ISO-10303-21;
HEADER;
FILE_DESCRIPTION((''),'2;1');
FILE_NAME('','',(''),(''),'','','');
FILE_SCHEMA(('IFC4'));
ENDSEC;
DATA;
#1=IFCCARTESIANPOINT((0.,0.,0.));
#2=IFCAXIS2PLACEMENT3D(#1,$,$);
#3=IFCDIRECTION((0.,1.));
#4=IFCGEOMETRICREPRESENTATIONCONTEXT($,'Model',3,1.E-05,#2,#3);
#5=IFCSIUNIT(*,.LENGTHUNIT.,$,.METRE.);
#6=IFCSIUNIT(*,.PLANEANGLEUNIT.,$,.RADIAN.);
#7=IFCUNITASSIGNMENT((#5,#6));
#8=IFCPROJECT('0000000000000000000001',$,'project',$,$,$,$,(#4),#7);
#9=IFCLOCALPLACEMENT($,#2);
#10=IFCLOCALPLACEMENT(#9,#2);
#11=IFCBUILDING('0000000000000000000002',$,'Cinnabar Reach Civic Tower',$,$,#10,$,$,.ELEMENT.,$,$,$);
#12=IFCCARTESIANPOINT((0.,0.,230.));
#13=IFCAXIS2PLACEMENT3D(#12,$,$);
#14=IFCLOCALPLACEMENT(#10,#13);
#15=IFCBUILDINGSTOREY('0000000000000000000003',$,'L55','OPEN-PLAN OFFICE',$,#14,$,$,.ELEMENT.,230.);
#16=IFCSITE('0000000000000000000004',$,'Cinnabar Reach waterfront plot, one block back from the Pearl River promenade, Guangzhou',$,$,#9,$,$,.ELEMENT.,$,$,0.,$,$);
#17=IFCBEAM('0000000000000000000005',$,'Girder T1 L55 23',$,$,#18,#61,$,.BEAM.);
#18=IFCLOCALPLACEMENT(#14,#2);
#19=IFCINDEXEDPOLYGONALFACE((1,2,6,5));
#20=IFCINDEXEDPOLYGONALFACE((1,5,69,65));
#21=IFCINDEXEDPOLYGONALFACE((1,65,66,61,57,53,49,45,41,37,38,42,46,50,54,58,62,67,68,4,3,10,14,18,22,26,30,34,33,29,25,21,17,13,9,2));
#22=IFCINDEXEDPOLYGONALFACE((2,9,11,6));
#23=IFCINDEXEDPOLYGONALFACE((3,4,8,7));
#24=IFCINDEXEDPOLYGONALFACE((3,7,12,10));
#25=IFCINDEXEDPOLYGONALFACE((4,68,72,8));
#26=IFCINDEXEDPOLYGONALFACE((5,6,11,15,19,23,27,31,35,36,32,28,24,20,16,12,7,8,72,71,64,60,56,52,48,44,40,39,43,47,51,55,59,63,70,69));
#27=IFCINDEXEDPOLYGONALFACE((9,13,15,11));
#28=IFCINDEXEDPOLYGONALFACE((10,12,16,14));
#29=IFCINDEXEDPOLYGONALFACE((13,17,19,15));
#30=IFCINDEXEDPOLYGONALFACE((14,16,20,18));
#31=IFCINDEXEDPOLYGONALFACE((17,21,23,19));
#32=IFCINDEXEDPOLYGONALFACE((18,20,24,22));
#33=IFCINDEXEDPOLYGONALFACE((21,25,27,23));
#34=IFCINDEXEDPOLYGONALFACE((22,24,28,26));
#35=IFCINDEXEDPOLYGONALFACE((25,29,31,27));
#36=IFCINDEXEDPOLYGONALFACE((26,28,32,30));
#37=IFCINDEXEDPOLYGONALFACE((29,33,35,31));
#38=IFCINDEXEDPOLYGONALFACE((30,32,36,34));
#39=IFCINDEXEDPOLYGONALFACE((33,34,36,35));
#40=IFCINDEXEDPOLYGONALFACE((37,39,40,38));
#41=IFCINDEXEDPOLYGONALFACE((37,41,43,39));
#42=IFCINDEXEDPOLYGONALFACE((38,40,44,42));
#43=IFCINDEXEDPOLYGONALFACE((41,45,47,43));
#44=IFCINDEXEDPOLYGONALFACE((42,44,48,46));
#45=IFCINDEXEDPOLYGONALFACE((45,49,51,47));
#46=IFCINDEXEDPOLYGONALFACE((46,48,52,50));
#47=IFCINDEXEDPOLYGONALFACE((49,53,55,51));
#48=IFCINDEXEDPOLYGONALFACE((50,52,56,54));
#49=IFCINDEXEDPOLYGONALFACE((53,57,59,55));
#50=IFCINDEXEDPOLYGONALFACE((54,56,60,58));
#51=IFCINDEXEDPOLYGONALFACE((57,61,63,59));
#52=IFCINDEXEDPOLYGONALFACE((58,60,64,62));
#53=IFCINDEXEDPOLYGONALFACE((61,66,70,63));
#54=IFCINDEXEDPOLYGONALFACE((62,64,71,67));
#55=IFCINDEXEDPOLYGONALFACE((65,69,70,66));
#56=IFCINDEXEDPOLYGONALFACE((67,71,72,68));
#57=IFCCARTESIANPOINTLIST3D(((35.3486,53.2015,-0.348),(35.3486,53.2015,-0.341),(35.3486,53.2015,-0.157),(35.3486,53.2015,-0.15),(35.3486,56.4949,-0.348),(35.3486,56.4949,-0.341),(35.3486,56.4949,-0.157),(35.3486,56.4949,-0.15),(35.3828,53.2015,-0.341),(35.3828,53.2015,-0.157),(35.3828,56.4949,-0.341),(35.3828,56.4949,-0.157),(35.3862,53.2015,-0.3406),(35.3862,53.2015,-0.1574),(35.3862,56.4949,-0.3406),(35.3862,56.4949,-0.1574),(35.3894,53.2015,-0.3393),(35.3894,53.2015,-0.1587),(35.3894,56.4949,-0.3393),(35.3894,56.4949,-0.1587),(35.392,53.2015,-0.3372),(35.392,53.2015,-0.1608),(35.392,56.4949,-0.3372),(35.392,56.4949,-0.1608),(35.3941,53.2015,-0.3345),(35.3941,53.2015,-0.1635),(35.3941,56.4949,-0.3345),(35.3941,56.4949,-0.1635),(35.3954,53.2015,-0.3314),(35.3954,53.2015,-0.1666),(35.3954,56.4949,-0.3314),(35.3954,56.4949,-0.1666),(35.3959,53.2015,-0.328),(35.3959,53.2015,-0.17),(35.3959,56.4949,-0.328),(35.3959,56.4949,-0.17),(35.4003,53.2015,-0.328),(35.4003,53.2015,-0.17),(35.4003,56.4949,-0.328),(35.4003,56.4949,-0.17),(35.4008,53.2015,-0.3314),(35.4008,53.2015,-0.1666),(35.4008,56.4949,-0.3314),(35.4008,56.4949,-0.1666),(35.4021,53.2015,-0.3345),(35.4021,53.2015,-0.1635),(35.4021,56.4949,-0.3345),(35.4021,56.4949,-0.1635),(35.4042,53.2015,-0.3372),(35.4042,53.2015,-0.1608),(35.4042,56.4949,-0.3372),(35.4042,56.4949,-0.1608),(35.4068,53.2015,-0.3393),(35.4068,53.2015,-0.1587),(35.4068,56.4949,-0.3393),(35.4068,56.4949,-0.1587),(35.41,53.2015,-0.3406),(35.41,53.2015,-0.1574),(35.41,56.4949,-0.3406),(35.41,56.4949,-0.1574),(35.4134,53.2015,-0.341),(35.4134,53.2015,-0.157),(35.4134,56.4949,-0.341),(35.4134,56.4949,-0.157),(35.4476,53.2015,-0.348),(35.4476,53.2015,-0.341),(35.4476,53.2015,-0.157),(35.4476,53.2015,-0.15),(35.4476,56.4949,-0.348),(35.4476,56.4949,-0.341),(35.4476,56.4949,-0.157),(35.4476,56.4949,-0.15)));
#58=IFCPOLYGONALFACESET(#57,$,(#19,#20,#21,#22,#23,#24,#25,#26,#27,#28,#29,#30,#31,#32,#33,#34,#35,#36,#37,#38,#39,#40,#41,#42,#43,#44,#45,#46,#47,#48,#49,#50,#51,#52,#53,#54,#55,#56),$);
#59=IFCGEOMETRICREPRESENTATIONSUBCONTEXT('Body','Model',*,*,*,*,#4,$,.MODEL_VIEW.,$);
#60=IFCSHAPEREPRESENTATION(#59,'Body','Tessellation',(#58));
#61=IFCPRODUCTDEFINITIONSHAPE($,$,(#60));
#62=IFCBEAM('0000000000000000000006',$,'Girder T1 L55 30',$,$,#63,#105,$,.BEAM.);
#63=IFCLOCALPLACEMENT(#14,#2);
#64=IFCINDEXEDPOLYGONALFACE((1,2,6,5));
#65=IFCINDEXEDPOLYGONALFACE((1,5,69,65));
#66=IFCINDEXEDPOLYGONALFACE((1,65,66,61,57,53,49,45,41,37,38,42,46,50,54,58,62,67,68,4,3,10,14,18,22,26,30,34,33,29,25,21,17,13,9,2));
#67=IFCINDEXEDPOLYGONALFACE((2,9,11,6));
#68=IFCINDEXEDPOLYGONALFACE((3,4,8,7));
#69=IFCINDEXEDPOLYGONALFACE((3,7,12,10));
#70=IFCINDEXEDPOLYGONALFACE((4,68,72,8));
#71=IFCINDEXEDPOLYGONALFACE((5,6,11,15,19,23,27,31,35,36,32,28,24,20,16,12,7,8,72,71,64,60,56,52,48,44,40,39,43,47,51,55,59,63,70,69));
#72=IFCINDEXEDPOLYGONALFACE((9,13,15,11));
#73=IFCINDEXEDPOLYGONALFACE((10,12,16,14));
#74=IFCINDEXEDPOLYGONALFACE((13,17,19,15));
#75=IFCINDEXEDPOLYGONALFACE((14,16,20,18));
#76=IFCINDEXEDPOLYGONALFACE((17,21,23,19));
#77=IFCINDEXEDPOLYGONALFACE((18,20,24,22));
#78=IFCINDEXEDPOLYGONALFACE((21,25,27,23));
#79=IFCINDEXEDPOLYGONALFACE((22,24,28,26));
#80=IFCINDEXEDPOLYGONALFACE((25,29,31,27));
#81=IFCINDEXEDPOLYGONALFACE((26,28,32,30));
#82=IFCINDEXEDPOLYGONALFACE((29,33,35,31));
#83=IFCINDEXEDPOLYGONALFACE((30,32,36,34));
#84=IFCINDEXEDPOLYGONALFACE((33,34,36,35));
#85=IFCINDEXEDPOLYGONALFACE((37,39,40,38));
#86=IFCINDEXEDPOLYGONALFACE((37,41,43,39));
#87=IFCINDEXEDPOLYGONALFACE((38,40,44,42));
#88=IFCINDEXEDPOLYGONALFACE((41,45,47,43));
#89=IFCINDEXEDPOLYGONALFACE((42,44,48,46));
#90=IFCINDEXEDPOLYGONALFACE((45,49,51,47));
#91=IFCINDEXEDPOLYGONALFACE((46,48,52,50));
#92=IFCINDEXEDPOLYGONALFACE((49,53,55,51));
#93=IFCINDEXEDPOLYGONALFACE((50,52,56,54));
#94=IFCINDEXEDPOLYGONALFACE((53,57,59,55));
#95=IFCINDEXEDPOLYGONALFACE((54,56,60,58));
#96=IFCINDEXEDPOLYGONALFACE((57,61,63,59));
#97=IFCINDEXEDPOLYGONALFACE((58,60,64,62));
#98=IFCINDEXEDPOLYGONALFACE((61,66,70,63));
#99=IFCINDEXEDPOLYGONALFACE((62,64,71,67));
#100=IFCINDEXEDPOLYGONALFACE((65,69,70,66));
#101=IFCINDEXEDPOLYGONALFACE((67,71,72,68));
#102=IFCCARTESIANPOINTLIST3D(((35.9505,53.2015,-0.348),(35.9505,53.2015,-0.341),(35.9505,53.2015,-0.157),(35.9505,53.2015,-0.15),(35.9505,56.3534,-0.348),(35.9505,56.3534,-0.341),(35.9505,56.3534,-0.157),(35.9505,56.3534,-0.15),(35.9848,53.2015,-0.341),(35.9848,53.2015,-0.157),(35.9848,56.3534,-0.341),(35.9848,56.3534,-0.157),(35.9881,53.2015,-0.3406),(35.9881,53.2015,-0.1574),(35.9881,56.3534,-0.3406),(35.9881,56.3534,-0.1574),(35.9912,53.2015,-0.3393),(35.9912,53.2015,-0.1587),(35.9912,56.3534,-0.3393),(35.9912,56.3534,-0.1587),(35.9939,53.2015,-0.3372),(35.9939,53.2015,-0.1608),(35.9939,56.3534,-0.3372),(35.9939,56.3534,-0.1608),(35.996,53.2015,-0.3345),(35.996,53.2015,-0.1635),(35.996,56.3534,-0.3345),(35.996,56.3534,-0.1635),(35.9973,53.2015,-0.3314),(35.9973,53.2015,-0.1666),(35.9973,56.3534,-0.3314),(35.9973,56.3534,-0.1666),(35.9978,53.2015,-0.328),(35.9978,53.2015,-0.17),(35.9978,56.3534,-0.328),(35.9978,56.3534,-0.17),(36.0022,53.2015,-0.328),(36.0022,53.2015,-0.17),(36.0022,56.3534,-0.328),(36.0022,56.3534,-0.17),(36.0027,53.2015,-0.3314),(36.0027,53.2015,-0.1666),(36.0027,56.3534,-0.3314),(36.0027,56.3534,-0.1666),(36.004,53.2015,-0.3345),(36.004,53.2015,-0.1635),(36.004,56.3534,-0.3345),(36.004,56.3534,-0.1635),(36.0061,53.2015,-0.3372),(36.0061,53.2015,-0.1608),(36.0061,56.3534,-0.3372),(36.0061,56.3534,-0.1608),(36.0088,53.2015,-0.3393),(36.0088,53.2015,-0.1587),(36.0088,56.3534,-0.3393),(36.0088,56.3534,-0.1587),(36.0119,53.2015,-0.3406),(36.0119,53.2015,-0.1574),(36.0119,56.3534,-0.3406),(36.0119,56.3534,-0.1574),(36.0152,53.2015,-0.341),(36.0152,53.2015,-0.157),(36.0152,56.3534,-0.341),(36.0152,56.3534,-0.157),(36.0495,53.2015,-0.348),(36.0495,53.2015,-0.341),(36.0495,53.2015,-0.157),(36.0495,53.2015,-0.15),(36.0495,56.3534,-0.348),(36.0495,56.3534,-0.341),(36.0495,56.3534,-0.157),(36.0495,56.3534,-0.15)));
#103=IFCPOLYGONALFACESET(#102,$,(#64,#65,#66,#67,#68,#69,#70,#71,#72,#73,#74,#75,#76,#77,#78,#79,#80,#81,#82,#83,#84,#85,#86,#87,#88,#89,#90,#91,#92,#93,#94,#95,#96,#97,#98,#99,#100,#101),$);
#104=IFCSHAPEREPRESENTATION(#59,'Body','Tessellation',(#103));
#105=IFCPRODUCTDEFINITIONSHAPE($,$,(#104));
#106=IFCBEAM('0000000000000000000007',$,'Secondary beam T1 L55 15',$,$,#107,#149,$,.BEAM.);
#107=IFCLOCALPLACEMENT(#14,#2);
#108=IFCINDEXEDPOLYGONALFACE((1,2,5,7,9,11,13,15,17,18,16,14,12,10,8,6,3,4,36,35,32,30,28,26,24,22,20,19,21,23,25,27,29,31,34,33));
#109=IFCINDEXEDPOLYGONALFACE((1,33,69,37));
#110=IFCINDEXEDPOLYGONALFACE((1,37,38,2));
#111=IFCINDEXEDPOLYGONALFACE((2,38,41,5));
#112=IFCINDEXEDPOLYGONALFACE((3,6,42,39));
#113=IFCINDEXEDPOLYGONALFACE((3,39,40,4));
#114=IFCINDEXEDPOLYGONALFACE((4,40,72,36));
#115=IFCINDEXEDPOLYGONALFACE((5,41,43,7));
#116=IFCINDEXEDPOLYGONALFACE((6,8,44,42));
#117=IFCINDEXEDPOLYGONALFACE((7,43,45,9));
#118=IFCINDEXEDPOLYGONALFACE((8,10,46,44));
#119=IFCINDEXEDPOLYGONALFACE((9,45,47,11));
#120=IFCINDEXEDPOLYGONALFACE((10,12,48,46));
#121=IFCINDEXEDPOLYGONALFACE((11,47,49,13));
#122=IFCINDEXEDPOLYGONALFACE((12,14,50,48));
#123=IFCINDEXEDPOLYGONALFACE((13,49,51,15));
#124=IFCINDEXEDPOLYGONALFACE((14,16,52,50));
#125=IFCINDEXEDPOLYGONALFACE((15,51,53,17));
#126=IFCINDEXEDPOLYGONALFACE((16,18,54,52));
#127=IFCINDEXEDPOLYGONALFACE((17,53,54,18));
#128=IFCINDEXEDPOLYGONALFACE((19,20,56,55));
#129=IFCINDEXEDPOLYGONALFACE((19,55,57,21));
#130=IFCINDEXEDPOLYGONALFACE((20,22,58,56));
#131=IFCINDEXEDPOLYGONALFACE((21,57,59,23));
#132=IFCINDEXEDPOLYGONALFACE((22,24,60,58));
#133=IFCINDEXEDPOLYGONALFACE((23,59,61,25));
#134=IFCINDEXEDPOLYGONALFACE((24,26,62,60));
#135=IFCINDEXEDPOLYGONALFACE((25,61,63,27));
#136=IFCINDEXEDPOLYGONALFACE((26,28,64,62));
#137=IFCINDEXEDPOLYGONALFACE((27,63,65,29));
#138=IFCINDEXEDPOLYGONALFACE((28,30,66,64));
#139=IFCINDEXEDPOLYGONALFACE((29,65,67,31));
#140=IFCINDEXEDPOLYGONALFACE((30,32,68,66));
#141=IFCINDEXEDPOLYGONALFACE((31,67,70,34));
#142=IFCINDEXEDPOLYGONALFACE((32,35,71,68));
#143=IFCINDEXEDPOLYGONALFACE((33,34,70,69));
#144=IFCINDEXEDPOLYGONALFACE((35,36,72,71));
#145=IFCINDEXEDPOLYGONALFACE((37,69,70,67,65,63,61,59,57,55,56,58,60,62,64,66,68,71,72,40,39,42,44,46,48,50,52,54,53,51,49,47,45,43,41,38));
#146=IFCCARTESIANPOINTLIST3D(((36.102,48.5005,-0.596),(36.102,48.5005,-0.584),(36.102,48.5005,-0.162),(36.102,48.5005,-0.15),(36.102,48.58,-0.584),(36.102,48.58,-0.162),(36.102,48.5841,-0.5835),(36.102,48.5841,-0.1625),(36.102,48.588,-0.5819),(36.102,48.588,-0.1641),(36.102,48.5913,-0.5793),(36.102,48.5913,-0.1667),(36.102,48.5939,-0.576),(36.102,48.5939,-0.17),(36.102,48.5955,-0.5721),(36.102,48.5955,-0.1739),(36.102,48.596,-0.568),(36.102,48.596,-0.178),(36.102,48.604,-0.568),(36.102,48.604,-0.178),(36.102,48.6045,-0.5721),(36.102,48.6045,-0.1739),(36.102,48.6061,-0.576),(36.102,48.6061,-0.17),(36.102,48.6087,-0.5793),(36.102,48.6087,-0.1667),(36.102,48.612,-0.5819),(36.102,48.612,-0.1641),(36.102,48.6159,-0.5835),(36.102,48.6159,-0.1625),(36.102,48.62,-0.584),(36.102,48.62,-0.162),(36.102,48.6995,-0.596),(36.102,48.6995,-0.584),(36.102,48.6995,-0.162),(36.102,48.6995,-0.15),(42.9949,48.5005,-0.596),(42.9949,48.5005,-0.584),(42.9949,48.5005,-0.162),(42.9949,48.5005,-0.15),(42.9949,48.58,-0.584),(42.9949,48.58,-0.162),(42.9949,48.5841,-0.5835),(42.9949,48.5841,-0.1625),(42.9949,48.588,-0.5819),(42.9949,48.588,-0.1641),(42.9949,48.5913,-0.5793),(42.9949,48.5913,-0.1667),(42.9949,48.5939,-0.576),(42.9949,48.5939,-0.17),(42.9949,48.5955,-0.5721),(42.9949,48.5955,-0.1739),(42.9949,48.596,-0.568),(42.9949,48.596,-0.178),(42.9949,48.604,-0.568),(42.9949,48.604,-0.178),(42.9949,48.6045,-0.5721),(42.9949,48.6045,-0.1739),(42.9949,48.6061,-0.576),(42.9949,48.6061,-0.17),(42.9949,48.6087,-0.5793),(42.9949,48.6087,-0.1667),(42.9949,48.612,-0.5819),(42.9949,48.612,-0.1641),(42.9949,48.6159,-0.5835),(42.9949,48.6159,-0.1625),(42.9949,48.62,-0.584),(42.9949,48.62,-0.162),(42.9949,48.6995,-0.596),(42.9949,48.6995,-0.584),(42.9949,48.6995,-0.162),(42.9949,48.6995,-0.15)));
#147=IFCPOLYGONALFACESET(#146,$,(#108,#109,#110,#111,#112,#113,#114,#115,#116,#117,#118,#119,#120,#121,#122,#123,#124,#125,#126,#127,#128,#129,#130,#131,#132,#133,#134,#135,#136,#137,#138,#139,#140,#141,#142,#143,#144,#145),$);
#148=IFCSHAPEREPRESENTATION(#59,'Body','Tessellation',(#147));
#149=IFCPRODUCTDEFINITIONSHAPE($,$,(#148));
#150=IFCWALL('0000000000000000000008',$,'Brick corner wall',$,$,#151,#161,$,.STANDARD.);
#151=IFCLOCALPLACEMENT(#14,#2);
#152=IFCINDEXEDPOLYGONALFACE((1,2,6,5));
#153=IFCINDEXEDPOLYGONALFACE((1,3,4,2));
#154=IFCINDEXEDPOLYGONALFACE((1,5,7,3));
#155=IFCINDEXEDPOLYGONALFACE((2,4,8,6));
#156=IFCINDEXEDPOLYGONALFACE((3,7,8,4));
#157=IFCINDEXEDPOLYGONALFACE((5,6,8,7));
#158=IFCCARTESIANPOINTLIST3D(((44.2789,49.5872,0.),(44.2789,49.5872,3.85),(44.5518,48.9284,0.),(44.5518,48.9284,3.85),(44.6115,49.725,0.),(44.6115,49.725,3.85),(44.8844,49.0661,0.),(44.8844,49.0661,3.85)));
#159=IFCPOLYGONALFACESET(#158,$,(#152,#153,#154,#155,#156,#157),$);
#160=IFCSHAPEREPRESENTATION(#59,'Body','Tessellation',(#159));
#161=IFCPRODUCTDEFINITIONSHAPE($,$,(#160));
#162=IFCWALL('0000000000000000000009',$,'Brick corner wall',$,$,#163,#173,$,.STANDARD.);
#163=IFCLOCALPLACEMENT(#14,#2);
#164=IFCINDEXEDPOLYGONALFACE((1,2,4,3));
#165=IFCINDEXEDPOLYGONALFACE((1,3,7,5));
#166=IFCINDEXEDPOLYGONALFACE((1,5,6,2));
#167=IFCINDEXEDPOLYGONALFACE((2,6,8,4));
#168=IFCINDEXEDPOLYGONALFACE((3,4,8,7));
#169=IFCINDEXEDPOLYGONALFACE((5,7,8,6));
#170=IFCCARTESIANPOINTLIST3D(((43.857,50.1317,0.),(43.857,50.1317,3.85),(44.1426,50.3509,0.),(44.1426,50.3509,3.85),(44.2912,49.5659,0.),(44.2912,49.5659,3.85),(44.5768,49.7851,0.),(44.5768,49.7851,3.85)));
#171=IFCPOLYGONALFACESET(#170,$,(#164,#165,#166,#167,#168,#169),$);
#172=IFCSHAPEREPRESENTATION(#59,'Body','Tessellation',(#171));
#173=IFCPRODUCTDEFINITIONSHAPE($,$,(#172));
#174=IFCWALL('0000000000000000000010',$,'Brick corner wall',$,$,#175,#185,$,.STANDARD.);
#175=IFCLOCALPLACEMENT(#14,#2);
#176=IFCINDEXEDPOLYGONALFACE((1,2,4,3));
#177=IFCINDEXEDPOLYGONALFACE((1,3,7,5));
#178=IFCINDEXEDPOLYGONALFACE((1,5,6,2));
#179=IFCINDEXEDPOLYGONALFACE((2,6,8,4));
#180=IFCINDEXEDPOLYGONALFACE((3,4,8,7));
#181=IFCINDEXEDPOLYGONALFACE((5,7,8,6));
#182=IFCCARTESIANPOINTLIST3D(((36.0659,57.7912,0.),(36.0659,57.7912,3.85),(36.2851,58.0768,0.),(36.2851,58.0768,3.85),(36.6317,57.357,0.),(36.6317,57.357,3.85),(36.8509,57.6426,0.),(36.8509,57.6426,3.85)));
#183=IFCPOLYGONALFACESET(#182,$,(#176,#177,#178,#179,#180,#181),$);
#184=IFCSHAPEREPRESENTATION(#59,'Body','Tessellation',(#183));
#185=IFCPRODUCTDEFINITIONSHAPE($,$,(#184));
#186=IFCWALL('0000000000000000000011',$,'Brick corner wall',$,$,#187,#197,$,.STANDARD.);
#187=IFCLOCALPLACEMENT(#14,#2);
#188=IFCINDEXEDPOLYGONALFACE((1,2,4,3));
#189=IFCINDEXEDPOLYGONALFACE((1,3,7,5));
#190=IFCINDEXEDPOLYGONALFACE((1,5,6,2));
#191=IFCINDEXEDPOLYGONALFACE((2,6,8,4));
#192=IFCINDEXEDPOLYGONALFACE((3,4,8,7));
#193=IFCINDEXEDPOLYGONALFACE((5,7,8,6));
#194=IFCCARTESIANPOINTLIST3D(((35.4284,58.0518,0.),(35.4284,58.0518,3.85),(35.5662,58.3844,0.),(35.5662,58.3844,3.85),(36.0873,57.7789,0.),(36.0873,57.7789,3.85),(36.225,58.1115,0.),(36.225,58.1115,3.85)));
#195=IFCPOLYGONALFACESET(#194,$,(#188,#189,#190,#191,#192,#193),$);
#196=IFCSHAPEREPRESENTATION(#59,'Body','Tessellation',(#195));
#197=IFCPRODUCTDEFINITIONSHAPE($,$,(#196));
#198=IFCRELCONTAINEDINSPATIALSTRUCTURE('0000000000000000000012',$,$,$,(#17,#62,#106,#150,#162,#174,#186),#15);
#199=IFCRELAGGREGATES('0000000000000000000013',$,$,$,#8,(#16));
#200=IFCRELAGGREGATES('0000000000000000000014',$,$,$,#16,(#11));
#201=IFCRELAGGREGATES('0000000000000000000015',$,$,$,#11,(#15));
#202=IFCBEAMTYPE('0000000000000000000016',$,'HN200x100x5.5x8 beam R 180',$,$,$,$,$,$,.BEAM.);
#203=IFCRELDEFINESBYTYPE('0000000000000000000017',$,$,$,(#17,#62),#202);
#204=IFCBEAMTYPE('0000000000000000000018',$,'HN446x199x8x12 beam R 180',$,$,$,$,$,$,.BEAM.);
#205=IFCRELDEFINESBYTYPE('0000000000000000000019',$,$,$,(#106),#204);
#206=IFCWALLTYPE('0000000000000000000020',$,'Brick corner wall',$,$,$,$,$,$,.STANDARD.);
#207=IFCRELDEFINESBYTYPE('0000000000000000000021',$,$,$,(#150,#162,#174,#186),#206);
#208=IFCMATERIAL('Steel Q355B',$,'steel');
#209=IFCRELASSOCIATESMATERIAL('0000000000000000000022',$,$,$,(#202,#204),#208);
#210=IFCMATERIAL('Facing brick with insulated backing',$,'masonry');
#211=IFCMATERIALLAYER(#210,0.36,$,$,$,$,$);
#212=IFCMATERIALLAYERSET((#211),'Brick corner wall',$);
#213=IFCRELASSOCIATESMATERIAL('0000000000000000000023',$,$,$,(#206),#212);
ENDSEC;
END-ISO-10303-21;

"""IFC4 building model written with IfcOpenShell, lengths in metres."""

from ifc_helpers import new_model, si_unit, direction, frame, frame_2d, origin, origin_2d, place, context, subcontext, project, spatial, rectangle, i_section, extrude, material, layer, layer_set, material_profile, profile_set, type_object, element, save


model = new_model("IFC4")

# Units and contexts
model_context = context("Model", 3, precision=1e-05, world=origin(), true_north=direction((0.0, 1.0)))
body_context = subcontext(model_context, "Body", "Model", "MODEL_VIEW")
ifc_project = project(units=[si_unit("LENGTHUNIT", "METRE"), si_unit("PLANEANGLEUNIT", "RADIAN")], contexts=[model_context])

# Site, building, storey
site_placement = place(None, origin())
site = spatial("IfcSite", under=ifc_project, at=site_placement, Name="Cinnabar Reach waterfront plot, one block back from the Pearl River promenade, Guangzhou", CompositionType="ELEMENT", RefElevation=0.0)
building_placement = place(site_placement, origin())
building = spatial("IfcBuilding", under=site, at=building_placement, Name="Cinnabar Reach Civic Tower", CompositionType="ELEMENT")
storey_placement = place(building_placement, frame((0.0, 0.0, 230.0)))
storey = spatial("IfcBuildingStorey", under=building, at=storey_placement, Name="L55", Description="OPEN-PLAN OFFICE", CompositionType="ELEMENT", Elevation=230.0)

# Beams
ifc_material_1 = material(Name="Steel Q355B", Category="steel")
ifc_material_profile_1 = material_profile(ifc_material_1, i_section(OverallWidth=0.099, OverallDepth=0.198, WebThickness=0.0045, FlangeThickness=0.007, FilletRadius=0.013, at=origin_2d()), Name="HN200x100x5.5x8")
ifc_profile_set_1 = profile_set([ifc_material_profile_1], Name="Steel Q355B")
beam_type_1 = type_object("IfcBeamType", Name="HN200x100x5.5x8 beam R 180", PredefinedType="BEAM", material=ifc_profile_set_1)
beam_1_placement = place(storey_placement, frame((35.3981, 53.2015, -0.249), z_axis=(0.0, 1.0, 0.0), x_axis=(-1.0, 0.0, 0.0)))
element("IfcBeam", 1, at=beam_1_placement, inside=storey, type_object=beam_type_1, Name="Girder T1 L55 23", PredefinedType="BEAM", context=body_context, shape_type="SweptSolid", body=[
    extrude(i_section(OverallWidth=0.099, OverallDepth=0.198, WebThickness=0.0045, FlangeThickness=0.007, FilletRadius=0.013, at=origin_2d()), origin(), (0.0, 0.0, 1.0), 3.2934),
])
beam_2_placement = place(storey_placement, frame((36.0, 53.2015, -0.249), z_axis=(0.0, 1.0, 0.0), x_axis=(-1.0, 0.0, 0.0)))
element("IfcBeam", 2, at=beam_2_placement, inside=storey, type_object=beam_type_1, Name="Girder T1 L55 30", PredefinedType="BEAM", context=body_context, shape_type="SweptSolid", body=[
    extrude(i_section(OverallWidth=0.099, OverallDepth=0.198, WebThickness=0.0045, FlangeThickness=0.007, FilletRadius=0.013, at=origin_2d()), origin(), (0.0, 0.0, 1.0), 3.1519),
])
ifc_material_profile_2 = material_profile(ifc_material_1, i_section(OverallWidth=0.199, OverallDepth=0.446, WebThickness=0.008, FlangeThickness=0.012, FilletRadius=0.016, at=origin_2d()), Name="HN446x199x8x12")
ifc_profile_set_2 = profile_set([ifc_material_profile_2], Name="Steel Q355B")
beam_type_2 = type_object("IfcBeamType", Name="HN446x199x8x12 beam R 180", PredefinedType="BEAM", material=ifc_profile_set_2)
beam_3_placement = place(storey_placement, frame((36.102, 48.6, -0.373), z_axis=(1.0, 0.0, 0.0), x_axis=(0.0, 1.0, 0.0)))
element("IfcBeam", 3, at=beam_3_placement, inside=storey, type_object=beam_type_2, Name="Secondary beam T1 L55 15", PredefinedType="BEAM", context=body_context, shape_type="SweptSolid", body=[
    extrude(i_section(OverallWidth=0.199, OverallDepth=0.446, WebThickness=0.008, FlangeThickness=0.012, FilletRadius=0.016, at=origin_2d()), origin(), (0.0, 0.0, 1.0), 6.8929),
])

# Walls
ifc_material_2 = material(Name="Facing brick with insulated backing", Category="masonry")
ifc_layer_1 = layer(ifc_material_2, 0.36)
ifc_layer_set_1 = layer_set([ifc_layer_1], Name="Brick corner wall")
wall_type_1 = type_object("IfcWallType", Name="Brick corner wall", PredefinedType="STANDARD", material=ifc_layer_set_1)
wall_1_placement = place(storey_placement, frame((44.7181, 48.9973, 0.0), z_axis=(0.0, 0.0, 1.0), x_axis=(-0.382703, 0.923872, 0.0)))
element("IfcWall", 4, at=wall_1_placement, inside=storey, type_object=wall_type_1, Name="Brick corner wall", PredefinedType="STANDARD", context=body_context, shape_type="SweptSolid", body=[
    extrude(rectangle(XDim=0.7131, YDim=0.36, at=frame_2d((0.3565, 0.0))), origin(), (0.0, 0.0, 1.0), 3.85),
])
for number, where, z_axis, x_axis, name in (
    (5, (44.434, 49.6755, 0.0), (0.0, 0.0, 1.0), (-0.608802, 0.793322, 0.0), "Brick corner wall"),
    (6, (36.7413, 57.4998, 0.0), (0.0, 0.0, 1.0), (-0.793322, 0.608802, 0.0), "Brick corner wall"),
):
    element("IfcWall", number, at=place(storey_placement, frame(where, z_axis=z_axis, x_axis=x_axis)), inside=storey, type_object=wall_type_1, Name=name, PredefinedType="STANDARD", context=body_context, shape_type="SweptSolid", body=[
        extrude(rectangle(XDim=0.7132, YDim=0.36, at=frame_2d((0.3566, 0.0))), origin(), (0.0, 0.0, 1.0), 3.85),
    ])
for number, where, z_axis, x_axis, name in (
    (7, (36.1561, 57.9452, 0.0), (0.0, 0.0, 1.0), (-0.923872, 0.382703, 0.0), "Brick corner wall"),
):
    element("IfcWall", number, at=place(storey_placement, frame(where, z_axis=z_axis, x_axis=x_axis)), inside=storey, type_object=wall_type_1, Name=name, PredefinedType="STANDARD", context=body_context, shape_type="SweptSolid", body=[
        extrude(rectangle(XDim=0.7131, YDim=0.36, at=frame_2d((0.3565, 0.0))), origin(), (0.0, 0.0, 1.0), 3.85),
    ])

save(model, "model.ifc")
